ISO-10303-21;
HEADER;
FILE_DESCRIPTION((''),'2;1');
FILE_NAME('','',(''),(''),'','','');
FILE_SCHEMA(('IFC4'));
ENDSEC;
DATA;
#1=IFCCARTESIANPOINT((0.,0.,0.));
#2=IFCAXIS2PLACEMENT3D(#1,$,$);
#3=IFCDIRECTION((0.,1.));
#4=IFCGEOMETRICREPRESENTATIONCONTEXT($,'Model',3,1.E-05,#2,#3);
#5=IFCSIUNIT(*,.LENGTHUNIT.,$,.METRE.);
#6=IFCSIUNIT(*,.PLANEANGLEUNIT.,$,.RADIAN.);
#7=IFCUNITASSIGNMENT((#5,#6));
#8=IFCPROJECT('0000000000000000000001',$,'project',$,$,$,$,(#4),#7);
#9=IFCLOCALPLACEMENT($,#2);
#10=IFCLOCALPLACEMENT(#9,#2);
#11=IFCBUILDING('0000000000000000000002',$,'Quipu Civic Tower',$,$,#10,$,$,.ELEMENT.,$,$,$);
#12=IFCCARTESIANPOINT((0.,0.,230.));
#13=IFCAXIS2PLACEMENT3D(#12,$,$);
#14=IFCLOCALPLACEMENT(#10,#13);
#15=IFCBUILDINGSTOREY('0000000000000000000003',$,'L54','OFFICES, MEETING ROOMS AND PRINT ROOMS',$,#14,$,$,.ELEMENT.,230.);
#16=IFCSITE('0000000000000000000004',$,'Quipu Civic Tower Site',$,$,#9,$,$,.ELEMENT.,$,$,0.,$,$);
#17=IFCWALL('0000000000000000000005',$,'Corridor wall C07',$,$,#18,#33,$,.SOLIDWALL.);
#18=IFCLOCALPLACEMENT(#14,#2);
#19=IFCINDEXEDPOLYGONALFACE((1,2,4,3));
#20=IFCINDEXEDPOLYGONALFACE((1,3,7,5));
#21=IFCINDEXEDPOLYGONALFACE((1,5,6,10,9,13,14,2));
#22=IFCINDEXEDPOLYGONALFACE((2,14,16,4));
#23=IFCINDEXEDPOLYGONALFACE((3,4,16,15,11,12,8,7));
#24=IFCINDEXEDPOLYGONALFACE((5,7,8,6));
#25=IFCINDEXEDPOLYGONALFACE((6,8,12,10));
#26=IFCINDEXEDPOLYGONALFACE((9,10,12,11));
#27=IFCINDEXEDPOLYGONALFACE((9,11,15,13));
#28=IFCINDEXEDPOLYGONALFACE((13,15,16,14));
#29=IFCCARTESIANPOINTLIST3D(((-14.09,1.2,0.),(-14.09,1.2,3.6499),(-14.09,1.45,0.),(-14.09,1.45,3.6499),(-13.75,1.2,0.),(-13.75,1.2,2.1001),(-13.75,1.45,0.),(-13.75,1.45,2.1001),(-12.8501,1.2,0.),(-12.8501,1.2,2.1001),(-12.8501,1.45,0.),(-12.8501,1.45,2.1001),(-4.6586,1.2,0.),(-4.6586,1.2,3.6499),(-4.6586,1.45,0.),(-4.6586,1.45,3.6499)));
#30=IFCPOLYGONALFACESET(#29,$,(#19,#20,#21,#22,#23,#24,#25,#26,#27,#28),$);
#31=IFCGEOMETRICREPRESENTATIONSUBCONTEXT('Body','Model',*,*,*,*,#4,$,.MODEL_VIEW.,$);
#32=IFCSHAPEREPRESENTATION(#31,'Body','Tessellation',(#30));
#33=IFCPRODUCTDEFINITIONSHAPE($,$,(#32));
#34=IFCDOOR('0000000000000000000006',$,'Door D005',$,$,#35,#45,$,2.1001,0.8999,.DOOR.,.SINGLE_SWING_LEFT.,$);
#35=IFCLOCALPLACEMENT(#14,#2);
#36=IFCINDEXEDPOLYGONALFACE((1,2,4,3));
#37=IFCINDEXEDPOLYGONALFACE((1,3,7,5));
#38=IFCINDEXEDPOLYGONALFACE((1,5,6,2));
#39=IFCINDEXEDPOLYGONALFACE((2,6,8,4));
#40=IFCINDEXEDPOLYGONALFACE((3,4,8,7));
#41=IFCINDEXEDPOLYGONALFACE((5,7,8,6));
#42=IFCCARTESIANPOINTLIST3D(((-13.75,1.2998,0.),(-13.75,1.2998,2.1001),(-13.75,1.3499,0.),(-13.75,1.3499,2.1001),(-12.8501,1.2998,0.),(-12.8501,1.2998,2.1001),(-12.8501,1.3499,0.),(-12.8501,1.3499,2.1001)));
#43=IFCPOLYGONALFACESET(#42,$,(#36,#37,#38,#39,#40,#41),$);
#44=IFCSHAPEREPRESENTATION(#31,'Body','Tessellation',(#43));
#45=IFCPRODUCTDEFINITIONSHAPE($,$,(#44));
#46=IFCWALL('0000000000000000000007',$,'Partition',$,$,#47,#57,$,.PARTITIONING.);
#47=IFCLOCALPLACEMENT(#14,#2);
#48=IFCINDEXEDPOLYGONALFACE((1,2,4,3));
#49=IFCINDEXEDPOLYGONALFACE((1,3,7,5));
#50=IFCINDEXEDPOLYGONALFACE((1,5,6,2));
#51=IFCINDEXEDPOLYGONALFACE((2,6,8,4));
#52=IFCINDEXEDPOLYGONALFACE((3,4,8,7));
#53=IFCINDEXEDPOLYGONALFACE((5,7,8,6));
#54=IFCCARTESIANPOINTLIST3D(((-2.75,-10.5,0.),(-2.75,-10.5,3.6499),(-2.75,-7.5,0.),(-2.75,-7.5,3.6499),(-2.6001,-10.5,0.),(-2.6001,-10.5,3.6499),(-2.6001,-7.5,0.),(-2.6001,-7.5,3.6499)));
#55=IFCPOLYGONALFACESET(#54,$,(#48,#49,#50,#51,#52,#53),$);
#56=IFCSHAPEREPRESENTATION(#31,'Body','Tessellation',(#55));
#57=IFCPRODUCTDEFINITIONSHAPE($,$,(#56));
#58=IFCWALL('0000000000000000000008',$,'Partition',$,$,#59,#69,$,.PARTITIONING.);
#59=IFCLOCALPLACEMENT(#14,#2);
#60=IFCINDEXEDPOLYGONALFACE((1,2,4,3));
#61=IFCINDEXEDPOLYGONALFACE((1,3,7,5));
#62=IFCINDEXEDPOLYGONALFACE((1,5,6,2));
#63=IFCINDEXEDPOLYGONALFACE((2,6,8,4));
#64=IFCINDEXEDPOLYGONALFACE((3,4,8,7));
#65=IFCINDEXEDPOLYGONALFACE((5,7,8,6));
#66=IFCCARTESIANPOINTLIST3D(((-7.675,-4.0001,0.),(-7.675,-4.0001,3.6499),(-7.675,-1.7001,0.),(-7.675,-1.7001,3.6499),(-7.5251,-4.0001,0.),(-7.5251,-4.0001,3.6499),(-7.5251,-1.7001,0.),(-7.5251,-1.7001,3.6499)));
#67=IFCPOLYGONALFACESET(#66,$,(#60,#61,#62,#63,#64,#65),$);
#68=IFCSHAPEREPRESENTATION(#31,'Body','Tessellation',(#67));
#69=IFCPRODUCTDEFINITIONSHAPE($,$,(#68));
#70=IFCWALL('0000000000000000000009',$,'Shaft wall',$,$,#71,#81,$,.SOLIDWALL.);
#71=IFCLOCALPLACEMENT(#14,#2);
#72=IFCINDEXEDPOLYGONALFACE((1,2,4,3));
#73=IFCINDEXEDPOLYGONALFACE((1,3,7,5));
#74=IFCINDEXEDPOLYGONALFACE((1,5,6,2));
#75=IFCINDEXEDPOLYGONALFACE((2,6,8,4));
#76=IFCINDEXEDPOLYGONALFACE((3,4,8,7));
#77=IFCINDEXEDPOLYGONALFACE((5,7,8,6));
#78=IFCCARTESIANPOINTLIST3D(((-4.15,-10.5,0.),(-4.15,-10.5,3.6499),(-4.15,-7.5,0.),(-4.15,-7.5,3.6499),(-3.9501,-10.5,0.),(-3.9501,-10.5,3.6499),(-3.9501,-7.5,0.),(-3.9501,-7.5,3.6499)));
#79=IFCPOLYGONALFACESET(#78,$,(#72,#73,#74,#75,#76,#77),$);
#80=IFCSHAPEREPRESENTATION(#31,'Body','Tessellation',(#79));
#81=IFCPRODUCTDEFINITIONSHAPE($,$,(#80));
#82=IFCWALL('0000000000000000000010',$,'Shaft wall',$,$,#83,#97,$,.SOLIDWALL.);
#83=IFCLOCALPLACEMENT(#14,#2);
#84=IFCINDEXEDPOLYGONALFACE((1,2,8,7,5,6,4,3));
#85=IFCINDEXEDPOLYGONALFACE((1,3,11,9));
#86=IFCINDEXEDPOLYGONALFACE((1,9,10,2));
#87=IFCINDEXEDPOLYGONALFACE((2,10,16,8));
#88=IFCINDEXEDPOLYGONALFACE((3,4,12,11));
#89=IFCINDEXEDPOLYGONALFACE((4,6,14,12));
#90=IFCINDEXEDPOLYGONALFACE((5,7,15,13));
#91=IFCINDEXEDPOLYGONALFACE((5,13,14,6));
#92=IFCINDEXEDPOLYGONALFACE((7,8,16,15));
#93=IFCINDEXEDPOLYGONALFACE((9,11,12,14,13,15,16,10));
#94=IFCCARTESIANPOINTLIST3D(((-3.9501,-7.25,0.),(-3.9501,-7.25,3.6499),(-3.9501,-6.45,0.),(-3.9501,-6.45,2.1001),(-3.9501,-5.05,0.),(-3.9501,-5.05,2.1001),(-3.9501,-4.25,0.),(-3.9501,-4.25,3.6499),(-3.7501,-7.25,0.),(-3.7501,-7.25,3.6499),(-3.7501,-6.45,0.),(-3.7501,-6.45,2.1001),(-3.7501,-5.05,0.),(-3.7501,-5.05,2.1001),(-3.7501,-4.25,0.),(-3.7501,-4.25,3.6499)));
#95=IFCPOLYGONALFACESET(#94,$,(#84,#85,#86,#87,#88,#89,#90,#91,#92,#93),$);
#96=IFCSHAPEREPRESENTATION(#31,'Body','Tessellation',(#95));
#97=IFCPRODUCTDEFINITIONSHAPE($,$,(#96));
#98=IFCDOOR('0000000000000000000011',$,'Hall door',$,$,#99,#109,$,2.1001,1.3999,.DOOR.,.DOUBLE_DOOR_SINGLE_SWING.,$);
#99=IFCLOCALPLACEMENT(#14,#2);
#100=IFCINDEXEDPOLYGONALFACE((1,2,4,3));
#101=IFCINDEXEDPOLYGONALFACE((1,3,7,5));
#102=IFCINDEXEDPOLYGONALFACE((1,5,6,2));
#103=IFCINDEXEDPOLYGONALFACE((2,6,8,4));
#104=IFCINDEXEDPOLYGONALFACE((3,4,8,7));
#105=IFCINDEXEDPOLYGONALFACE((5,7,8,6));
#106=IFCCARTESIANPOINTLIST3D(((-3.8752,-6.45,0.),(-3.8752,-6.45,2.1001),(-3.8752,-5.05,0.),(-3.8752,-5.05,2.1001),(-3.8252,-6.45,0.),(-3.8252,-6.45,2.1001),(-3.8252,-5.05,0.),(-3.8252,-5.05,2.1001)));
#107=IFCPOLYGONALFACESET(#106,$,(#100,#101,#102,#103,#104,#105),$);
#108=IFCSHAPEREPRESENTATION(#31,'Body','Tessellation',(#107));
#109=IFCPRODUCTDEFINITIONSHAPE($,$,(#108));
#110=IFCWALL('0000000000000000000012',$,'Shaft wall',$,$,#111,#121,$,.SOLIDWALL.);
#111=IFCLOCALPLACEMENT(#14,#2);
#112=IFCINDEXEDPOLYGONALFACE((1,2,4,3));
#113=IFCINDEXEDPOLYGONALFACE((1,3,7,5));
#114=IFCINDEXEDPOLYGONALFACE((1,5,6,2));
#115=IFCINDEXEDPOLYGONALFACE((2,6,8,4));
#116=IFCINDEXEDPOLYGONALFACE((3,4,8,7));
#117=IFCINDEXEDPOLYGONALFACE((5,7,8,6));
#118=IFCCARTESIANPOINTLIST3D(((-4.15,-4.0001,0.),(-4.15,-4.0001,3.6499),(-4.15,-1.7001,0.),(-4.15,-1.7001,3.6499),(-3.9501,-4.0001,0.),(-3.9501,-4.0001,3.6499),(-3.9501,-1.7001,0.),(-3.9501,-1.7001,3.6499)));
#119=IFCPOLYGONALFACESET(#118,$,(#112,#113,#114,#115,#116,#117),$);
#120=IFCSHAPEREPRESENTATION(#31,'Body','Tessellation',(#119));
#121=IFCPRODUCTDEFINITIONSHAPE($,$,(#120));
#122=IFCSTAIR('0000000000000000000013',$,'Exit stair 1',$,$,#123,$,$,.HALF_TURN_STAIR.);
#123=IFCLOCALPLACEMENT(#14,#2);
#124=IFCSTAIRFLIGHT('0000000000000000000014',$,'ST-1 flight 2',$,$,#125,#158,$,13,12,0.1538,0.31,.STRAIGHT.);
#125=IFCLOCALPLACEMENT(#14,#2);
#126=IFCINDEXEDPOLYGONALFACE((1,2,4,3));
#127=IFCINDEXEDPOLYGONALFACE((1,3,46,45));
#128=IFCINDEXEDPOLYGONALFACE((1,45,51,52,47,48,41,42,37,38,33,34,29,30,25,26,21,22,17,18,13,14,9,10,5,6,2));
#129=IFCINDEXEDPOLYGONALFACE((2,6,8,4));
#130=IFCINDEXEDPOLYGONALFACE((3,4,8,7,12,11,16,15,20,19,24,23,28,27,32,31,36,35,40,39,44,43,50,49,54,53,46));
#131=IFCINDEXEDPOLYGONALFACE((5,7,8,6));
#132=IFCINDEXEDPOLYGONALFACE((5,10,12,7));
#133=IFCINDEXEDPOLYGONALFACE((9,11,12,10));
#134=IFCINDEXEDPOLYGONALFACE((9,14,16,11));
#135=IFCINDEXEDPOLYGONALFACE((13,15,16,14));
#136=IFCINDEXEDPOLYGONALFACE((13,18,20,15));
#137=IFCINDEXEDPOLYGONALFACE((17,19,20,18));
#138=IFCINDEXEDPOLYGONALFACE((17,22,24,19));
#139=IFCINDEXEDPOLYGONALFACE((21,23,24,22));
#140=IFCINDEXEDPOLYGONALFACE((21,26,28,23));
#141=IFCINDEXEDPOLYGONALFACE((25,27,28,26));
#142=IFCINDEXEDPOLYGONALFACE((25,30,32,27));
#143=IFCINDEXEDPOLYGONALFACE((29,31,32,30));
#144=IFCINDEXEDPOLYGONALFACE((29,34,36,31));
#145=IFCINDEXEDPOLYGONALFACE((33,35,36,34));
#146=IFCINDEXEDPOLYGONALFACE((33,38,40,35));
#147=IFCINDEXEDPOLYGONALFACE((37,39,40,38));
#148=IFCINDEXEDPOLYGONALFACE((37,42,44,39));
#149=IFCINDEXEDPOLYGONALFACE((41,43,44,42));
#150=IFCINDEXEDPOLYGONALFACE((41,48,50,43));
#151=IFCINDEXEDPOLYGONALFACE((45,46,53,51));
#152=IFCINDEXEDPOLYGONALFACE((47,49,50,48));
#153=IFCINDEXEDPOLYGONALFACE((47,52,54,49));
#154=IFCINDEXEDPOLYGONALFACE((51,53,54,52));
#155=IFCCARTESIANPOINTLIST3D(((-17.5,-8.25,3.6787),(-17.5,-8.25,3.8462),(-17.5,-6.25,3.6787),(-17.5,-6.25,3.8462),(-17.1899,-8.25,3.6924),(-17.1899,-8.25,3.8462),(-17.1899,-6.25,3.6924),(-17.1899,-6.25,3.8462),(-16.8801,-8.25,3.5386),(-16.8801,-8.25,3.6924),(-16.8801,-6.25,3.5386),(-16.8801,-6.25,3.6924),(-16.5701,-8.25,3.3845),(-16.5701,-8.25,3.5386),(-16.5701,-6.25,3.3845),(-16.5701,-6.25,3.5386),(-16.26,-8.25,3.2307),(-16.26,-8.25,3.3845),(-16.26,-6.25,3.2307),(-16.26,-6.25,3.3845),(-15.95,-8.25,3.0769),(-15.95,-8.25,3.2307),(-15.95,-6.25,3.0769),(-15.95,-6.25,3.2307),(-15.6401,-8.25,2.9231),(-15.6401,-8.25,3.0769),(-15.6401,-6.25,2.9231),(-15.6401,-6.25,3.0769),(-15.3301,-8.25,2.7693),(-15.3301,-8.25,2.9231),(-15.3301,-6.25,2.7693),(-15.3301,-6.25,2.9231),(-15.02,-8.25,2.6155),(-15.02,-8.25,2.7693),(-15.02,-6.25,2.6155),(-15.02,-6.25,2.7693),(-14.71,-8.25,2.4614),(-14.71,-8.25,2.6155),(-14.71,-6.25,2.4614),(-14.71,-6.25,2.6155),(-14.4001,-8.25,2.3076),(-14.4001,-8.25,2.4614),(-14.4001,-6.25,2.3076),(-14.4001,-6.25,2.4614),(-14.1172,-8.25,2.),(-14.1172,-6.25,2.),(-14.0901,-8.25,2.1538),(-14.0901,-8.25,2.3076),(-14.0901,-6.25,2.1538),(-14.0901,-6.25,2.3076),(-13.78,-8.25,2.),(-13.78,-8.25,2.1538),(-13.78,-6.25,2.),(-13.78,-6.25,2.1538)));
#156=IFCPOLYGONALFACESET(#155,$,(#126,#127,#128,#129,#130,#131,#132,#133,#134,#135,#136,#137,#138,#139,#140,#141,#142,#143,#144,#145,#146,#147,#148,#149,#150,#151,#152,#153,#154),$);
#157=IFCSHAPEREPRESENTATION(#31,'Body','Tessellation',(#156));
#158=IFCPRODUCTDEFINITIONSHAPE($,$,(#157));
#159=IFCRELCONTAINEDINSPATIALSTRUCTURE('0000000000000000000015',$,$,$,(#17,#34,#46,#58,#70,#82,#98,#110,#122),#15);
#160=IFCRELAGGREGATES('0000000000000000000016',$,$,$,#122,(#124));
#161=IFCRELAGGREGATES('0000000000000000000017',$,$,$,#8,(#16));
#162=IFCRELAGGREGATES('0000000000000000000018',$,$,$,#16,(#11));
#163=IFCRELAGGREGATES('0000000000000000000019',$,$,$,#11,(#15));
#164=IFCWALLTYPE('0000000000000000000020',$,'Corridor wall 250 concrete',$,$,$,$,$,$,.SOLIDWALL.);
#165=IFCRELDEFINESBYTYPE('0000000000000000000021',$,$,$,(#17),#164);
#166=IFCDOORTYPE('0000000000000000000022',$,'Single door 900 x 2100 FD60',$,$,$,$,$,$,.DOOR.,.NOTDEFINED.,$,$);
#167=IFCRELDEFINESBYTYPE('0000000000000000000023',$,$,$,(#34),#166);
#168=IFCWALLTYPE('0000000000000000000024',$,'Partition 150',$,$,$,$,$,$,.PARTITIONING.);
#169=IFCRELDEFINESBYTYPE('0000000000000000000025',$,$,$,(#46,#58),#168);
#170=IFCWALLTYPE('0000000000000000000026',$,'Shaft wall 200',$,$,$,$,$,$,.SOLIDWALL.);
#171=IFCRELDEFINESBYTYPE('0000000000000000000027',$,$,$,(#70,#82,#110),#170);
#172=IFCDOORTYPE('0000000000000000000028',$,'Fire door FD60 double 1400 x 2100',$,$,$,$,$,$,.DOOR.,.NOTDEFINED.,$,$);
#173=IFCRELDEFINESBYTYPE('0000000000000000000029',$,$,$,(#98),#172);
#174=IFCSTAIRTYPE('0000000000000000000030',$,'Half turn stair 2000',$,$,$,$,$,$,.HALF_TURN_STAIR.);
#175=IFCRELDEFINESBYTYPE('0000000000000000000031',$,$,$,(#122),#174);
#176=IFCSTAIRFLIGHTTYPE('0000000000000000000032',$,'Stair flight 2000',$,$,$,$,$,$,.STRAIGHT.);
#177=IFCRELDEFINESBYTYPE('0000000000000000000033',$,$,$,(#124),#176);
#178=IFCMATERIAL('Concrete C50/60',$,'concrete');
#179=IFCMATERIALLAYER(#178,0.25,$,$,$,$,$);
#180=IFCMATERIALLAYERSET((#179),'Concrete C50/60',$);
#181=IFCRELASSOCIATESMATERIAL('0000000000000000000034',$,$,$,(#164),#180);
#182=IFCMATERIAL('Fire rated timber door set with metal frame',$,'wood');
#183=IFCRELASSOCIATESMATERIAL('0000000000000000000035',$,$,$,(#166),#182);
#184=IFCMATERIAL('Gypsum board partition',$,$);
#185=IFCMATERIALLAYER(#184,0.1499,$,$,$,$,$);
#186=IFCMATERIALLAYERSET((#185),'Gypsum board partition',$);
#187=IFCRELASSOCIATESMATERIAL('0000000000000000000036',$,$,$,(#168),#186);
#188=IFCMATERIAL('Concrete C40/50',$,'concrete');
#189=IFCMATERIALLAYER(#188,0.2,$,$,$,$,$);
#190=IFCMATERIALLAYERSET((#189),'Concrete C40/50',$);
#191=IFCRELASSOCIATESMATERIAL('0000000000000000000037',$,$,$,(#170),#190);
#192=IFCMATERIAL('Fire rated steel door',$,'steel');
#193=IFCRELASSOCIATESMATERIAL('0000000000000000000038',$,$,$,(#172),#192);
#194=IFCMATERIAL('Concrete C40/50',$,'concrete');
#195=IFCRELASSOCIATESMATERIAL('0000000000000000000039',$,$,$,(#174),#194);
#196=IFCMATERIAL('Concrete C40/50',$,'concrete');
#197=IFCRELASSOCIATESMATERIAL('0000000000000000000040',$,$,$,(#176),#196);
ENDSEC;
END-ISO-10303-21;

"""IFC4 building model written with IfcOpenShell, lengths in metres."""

from ifc_helpers import new_model, si_unit, direction, frame, frame_2d, origin, place, context, subcontext, project, spatial, polyline, rectangle, outline, extrude, material, layer, layer_set, type_object, element, fill, aggregate, save


model = new_model("IFC4")

# Units and contexts
model_context = context("Model", 3, precision=1e-05, world=origin(), true_north=direction((0.0, 1.0)))
body_context = subcontext(model_context, "Body", "Model", "MODEL_VIEW")
ifc_project = project(units=[si_unit("LENGTHUNIT", "METRE"), si_unit("PLANEANGLEUNIT", "RADIAN")], contexts=[model_context])

# Site, building, storey
site_placement = place(None, origin())
site = spatial("IfcSite", under=ifc_project, at=site_placement, Name="Quipu Civic Tower Site", CompositionType="ELEMENT", RefElevation=0.0)
building_placement = place(site_placement, origin())
building = spatial("IfcBuilding", under=site, at=building_placement, Name="Quipu Civic Tower", CompositionType="ELEMENT")
storey_placement = place(building_placement, frame((0.0, 0.0, 230.0)))
storey = spatial("IfcBuildingStorey", under=building, at=storey_placement, Name="L54", Description="OFFICES, MEETING ROOMS AND PRINT ROOMS", CompositionType="ELEMENT", Elevation=230.0)

# Wall, opening, door
ifc_material_1 = material(Name="Concrete C50/60", Category="concrete")
ifc_layer_1 = layer(ifc_material_1, 0.25)
ifc_layer_set_1 = layer_set([ifc_layer_1], Name="Concrete C50/60")
wall_type_1 = type_object("IfcWallType", Name="Corridor wall 250 concrete", PredefinedType="SOLIDWALL", material=ifc_layer_set_1)
wall_1_placement = place(storey_placement, frame((-14.0901, 1.325, 0.0), z_axis=(0.0, 0.0, 1.0), x_axis=(1.0, 0.0, 0.0)))
wall_1 = element("IfcWall", 1, at=wall_1_placement, inside=storey, type_object=wall_type_1, Name="Corridor wall C07", PredefinedType="SOLIDWALL", context=body_context, shape_type="SweptSolid", body=[
    extrude(rectangle(XDim=9.4314, YDim=0.25, at=frame_2d((4.7158, 0.0))), origin(), (0.0, 0.0, 1.0), 3.6499),
])
opening_1_placement = place(wall_1_placement, frame((0.3401, 0.0, 0.0)))
opening_1 = element("IfcOpeningElement", 2, at=opening_1_placement, cuts=wall_1, PredefinedType="OPENING", context=body_context, shape_type="SweptSolid", body=[
    extrude(rectangle(XDim=0.8999, YDim=2.1001, at=frame_2d((0.45, 1.05))), frame((0.0, 0.135, 0.0), z_axis=(0.0, -1.0, 0.0), x_axis=(1.0, 0.0, 0.0)), (0.0, 0.0, 1.0), 0.27),
])
ifc_material_2 = material(Name="Fire rated timber door set with metal frame", Category="wood")
door_type_1 = type_object("IfcDoorType", Name="Single door 900 x 2100 FD60", OperationType="NOTDEFINED", PredefinedType="DOOR", material=ifc_material_2)
door_1_placement = place(opening_1_placement, origin())
door_1 = element("IfcDoor", 3, at=door_1_placement, inside=storey, type_object=door_type_1, Name="Door D005", OperationType="SINGLE_SWING_LEFT", OverallHeight=2.1001, OverallWidth=0.8999, PredefinedType="DOOR", context=body_context, shape_type="SweptSolid", body=[
    extrude(rectangle(XDim=0.8999, YDim=2.1001, at=frame_2d((0.45, 1.05))), frame((0.0, 0.0249, 0.0), z_axis=(0.0, -1.0, 0.0), x_axis=(1.0, 0.0, 0.0)), (0.0, 0.0, 1.0), 0.05),
])
fill(opening_1, door_1)

# Walls
ifc_material_3 = material(Name="Gypsum board partition")
ifc_layer_2 = layer(ifc_material_3, 0.1499)
ifc_layer_set_2 = layer_set([ifc_layer_2], Name="Gypsum board partition")
wall_type_2 = type_object("IfcWallType", Name="Partition 150", PredefinedType="PARTITIONING", material=ifc_layer_set_2)
wall_2_placement = place(storey_placement, frame((-2.675, -10.5, 0.0), z_axis=(0.0, 0.0, 1.0), x_axis=(0.0, 1.0, 0.0)))
element("IfcWall", 4, at=wall_2_placement, inside=storey, type_object=wall_type_2, Name="Partition", PredefinedType="PARTITIONING", context=body_context, shape_type="SweptSolid", body=[
    extrude(rectangle(XDim=3.0, YDim=0.1499, at=frame_2d((1.5, 0.0))), origin(), (0.0, 0.0, 1.0), 3.6499),
])
wall_3_placement = place(storey_placement, frame((-7.6001, -4.0, 0.0), z_axis=(0.0, 0.0, 1.0), x_axis=(0.0, 1.0, 0.0)))
element("IfcWall", 5, at=wall_3_placement, inside=storey, type_object=wall_type_2, Name="Partition", PredefinedType="PARTITIONING", context=body_context, shape_type="SweptSolid", body=[
    extrude(rectangle(XDim=2.3, YDim=0.1499, at=frame_2d((1.1499, 0.0))), origin(), (0.0, 0.0, 1.0), 3.6499),
])
ifc_material_4 = material(Name="Concrete C40/50", Category="concrete")
ifc_layer_3 = layer(ifc_material_4, 0.2)
ifc_layer_set_3 = layer_set([ifc_layer_3], Name="Concrete C40/50")
wall_type_3 = type_object("IfcWallType", Name="Shaft wall 200", PredefinedType="SOLIDWALL", material=ifc_layer_set_3)
wall_4_placement = place(storey_placement, frame((-4.05, -10.5, 0.0), z_axis=(0.0, 0.0, 1.0), x_axis=(0.0, 1.0, 0.0)))
element("IfcWall", 6, at=wall_4_placement, inside=storey, type_object=wall_type_3, Name="Shaft wall", PredefinedType="SOLIDWALL", context=body_context, shape_type="SweptSolid", body=[
    extrude(rectangle(XDim=3.0, YDim=0.2, at=frame_2d((1.5, 0.0))), origin(), (0.0, 0.0, 1.0), 3.6499),
])

# Wall, opening, door
wall_5_placement = place(storey_placement, frame((-3.8501, -4.25, 0.0), z_axis=(0.0, 0.0, 1.0), x_axis=(0.0, -1.0, 0.0)))
wall_5 = element("IfcWall", 7, at=wall_5_placement, inside=storey, type_object=wall_type_3, Name="Shaft wall", PredefinedType="SOLIDWALL", context=body_context, shape_type="SweptSolid", body=[
    extrude(rectangle(XDim=3.0, YDim=0.2, at=frame_2d((1.5, 0.0))), origin(), (0.0, 0.0, 1.0), 3.6499),
])
opening_2_placement = place(wall_5_placement, frame((0.8, 0.0, 0.0)))
opening_2 = element("IfcOpeningElement", 8, at=opening_2_placement, cuts=wall_5, PredefinedType="OPENING", context=body_context, shape_type="SweptSolid", body=[
    extrude(rectangle(XDim=1.3999, YDim=2.1001, at=frame_2d((0.7, 1.05))), frame((0.0, 0.1099, 0.0), z_axis=(0.0, -1.0, 0.0), x_axis=(1.0, 0.0, 0.0)), (0.0, 0.0, 1.0), 0.22),
])
ifc_material_5 = material(Name="Fire rated steel door", Category="steel")
door_type_2 = type_object("IfcDoorType", Name="Fire door FD60 double 1400 x 2100", OperationType="NOTDEFINED", PredefinedType="DOOR", material=ifc_material_5)
door_2_placement = place(opening_2_placement, origin())
door_2 = element("IfcDoor", 9, at=door_2_placement, inside=storey, type_object=door_type_2, Name="Hall door", OperationType="DOUBLE_DOOR_SINGLE_SWING", OverallHeight=2.1001, OverallWidth=1.3999, PredefinedType="DOOR", context=body_context, shape_type="SweptSolid", body=[
    extrude(rectangle(XDim=1.3999, YDim=2.1001, at=frame_2d((0.7, 1.05))), frame((0.0, 0.0249, 0.0), z_axis=(0.0, -1.0, 0.0), x_axis=(1.0, 0.0, 0.0)), (0.0, 0.0, 1.0), 0.05),
])
fill(opening_2, door_2)

# Wall
wall_6_placement = place(storey_placement, frame((-4.05, -4.0, 0.0), z_axis=(0.0, 0.0, 1.0), x_axis=(0.0, 1.0, 0.0)))
element("IfcWall", 10, at=wall_6_placement, inside=storey, type_object=wall_type_3, Name="Shaft wall", PredefinedType="SOLIDWALL", context=body_context, shape_type="SweptSolid", body=[
    extrude(rectangle(XDim=2.3, YDim=0.2, at=frame_2d((1.1499, 0.0))), origin(), (0.0, 0.0, 1.0), 3.6499),
])

# Stair, stair flight
ifc_material_6 = material(Name="Concrete C40/50", Category="concrete")
stair_type = type_object("IfcStairType", Name="Half turn stair 2000", PredefinedType="HALF_TURN_STAIR", material=ifc_material_6)
stair_placement = place(storey_placement, origin())
stair = element("IfcStair", 11, at=stair_placement, inside=storey, type_object=stair_type, Name="Exit stair 1", PredefinedType="HALF_TURN_STAIR")
ifc_material_7 = material(Name="Concrete C40/50", Category="concrete")
stair_flight_type = type_object("IfcStairFlightType", Name="Stair flight 2000", PredefinedType="STRAIGHT", material=ifc_material_7)
stair_flight_placement = place(storey_placement, frame((-13.78, -7.25, 2.0), z_axis=(0.0, 0.0, 1.0), x_axis=(-1.0, 0.0, 0.0)))
stair_flight = element("IfcStairFlight", 12, at=stair_flight_placement, type_object=stair_flight_type, Name="ST-1 flight 2", NumberOfRisers=13, NumberOfTreads=12, PredefinedType="STRAIGHT", RiserHeight=0.1538, TreadLength=0.31, context=body_context, shape_type="SweptSolid", body=[
    extrude(outline(polyline([(0.0, 0.0), (0.0, 0.1538), (0.3101, 0.1538), (0.3101, 0.3076), (0.6201, 0.3076), (0.6201, 0.4614), (0.9299, 0.4614), (0.9299, 0.6155), (1.24, 0.6155), (1.24, 0.7693), (1.55, 0.7693), (1.55, 0.9231), (1.8601, 0.9231), (1.8601, 1.0769), (2.1699, 1.0769), (2.1699, 1.2307), (2.48, 1.2307), (2.48, 1.3845), (2.79, 1.3845), (2.79, 1.5386), (3.1001, 1.5386), (3.1001, 1.6924), (3.4099, 1.6924), (3.4099, 1.8462), (3.72, 1.8462), (3.72, 2.0), (3.72, 1.6787), (0.3372, 0.0), (0.0, 0.0)])), frame((0.0, 1.0, 0.0), z_axis=(0.0, -1.0, 0.0), x_axis=(1.0, 0.0, 0.0)), (0.0, 0.0, 1.0), 2.0),
])
aggregate(stair, [stair_flight])

save(model, "model.ifc")
